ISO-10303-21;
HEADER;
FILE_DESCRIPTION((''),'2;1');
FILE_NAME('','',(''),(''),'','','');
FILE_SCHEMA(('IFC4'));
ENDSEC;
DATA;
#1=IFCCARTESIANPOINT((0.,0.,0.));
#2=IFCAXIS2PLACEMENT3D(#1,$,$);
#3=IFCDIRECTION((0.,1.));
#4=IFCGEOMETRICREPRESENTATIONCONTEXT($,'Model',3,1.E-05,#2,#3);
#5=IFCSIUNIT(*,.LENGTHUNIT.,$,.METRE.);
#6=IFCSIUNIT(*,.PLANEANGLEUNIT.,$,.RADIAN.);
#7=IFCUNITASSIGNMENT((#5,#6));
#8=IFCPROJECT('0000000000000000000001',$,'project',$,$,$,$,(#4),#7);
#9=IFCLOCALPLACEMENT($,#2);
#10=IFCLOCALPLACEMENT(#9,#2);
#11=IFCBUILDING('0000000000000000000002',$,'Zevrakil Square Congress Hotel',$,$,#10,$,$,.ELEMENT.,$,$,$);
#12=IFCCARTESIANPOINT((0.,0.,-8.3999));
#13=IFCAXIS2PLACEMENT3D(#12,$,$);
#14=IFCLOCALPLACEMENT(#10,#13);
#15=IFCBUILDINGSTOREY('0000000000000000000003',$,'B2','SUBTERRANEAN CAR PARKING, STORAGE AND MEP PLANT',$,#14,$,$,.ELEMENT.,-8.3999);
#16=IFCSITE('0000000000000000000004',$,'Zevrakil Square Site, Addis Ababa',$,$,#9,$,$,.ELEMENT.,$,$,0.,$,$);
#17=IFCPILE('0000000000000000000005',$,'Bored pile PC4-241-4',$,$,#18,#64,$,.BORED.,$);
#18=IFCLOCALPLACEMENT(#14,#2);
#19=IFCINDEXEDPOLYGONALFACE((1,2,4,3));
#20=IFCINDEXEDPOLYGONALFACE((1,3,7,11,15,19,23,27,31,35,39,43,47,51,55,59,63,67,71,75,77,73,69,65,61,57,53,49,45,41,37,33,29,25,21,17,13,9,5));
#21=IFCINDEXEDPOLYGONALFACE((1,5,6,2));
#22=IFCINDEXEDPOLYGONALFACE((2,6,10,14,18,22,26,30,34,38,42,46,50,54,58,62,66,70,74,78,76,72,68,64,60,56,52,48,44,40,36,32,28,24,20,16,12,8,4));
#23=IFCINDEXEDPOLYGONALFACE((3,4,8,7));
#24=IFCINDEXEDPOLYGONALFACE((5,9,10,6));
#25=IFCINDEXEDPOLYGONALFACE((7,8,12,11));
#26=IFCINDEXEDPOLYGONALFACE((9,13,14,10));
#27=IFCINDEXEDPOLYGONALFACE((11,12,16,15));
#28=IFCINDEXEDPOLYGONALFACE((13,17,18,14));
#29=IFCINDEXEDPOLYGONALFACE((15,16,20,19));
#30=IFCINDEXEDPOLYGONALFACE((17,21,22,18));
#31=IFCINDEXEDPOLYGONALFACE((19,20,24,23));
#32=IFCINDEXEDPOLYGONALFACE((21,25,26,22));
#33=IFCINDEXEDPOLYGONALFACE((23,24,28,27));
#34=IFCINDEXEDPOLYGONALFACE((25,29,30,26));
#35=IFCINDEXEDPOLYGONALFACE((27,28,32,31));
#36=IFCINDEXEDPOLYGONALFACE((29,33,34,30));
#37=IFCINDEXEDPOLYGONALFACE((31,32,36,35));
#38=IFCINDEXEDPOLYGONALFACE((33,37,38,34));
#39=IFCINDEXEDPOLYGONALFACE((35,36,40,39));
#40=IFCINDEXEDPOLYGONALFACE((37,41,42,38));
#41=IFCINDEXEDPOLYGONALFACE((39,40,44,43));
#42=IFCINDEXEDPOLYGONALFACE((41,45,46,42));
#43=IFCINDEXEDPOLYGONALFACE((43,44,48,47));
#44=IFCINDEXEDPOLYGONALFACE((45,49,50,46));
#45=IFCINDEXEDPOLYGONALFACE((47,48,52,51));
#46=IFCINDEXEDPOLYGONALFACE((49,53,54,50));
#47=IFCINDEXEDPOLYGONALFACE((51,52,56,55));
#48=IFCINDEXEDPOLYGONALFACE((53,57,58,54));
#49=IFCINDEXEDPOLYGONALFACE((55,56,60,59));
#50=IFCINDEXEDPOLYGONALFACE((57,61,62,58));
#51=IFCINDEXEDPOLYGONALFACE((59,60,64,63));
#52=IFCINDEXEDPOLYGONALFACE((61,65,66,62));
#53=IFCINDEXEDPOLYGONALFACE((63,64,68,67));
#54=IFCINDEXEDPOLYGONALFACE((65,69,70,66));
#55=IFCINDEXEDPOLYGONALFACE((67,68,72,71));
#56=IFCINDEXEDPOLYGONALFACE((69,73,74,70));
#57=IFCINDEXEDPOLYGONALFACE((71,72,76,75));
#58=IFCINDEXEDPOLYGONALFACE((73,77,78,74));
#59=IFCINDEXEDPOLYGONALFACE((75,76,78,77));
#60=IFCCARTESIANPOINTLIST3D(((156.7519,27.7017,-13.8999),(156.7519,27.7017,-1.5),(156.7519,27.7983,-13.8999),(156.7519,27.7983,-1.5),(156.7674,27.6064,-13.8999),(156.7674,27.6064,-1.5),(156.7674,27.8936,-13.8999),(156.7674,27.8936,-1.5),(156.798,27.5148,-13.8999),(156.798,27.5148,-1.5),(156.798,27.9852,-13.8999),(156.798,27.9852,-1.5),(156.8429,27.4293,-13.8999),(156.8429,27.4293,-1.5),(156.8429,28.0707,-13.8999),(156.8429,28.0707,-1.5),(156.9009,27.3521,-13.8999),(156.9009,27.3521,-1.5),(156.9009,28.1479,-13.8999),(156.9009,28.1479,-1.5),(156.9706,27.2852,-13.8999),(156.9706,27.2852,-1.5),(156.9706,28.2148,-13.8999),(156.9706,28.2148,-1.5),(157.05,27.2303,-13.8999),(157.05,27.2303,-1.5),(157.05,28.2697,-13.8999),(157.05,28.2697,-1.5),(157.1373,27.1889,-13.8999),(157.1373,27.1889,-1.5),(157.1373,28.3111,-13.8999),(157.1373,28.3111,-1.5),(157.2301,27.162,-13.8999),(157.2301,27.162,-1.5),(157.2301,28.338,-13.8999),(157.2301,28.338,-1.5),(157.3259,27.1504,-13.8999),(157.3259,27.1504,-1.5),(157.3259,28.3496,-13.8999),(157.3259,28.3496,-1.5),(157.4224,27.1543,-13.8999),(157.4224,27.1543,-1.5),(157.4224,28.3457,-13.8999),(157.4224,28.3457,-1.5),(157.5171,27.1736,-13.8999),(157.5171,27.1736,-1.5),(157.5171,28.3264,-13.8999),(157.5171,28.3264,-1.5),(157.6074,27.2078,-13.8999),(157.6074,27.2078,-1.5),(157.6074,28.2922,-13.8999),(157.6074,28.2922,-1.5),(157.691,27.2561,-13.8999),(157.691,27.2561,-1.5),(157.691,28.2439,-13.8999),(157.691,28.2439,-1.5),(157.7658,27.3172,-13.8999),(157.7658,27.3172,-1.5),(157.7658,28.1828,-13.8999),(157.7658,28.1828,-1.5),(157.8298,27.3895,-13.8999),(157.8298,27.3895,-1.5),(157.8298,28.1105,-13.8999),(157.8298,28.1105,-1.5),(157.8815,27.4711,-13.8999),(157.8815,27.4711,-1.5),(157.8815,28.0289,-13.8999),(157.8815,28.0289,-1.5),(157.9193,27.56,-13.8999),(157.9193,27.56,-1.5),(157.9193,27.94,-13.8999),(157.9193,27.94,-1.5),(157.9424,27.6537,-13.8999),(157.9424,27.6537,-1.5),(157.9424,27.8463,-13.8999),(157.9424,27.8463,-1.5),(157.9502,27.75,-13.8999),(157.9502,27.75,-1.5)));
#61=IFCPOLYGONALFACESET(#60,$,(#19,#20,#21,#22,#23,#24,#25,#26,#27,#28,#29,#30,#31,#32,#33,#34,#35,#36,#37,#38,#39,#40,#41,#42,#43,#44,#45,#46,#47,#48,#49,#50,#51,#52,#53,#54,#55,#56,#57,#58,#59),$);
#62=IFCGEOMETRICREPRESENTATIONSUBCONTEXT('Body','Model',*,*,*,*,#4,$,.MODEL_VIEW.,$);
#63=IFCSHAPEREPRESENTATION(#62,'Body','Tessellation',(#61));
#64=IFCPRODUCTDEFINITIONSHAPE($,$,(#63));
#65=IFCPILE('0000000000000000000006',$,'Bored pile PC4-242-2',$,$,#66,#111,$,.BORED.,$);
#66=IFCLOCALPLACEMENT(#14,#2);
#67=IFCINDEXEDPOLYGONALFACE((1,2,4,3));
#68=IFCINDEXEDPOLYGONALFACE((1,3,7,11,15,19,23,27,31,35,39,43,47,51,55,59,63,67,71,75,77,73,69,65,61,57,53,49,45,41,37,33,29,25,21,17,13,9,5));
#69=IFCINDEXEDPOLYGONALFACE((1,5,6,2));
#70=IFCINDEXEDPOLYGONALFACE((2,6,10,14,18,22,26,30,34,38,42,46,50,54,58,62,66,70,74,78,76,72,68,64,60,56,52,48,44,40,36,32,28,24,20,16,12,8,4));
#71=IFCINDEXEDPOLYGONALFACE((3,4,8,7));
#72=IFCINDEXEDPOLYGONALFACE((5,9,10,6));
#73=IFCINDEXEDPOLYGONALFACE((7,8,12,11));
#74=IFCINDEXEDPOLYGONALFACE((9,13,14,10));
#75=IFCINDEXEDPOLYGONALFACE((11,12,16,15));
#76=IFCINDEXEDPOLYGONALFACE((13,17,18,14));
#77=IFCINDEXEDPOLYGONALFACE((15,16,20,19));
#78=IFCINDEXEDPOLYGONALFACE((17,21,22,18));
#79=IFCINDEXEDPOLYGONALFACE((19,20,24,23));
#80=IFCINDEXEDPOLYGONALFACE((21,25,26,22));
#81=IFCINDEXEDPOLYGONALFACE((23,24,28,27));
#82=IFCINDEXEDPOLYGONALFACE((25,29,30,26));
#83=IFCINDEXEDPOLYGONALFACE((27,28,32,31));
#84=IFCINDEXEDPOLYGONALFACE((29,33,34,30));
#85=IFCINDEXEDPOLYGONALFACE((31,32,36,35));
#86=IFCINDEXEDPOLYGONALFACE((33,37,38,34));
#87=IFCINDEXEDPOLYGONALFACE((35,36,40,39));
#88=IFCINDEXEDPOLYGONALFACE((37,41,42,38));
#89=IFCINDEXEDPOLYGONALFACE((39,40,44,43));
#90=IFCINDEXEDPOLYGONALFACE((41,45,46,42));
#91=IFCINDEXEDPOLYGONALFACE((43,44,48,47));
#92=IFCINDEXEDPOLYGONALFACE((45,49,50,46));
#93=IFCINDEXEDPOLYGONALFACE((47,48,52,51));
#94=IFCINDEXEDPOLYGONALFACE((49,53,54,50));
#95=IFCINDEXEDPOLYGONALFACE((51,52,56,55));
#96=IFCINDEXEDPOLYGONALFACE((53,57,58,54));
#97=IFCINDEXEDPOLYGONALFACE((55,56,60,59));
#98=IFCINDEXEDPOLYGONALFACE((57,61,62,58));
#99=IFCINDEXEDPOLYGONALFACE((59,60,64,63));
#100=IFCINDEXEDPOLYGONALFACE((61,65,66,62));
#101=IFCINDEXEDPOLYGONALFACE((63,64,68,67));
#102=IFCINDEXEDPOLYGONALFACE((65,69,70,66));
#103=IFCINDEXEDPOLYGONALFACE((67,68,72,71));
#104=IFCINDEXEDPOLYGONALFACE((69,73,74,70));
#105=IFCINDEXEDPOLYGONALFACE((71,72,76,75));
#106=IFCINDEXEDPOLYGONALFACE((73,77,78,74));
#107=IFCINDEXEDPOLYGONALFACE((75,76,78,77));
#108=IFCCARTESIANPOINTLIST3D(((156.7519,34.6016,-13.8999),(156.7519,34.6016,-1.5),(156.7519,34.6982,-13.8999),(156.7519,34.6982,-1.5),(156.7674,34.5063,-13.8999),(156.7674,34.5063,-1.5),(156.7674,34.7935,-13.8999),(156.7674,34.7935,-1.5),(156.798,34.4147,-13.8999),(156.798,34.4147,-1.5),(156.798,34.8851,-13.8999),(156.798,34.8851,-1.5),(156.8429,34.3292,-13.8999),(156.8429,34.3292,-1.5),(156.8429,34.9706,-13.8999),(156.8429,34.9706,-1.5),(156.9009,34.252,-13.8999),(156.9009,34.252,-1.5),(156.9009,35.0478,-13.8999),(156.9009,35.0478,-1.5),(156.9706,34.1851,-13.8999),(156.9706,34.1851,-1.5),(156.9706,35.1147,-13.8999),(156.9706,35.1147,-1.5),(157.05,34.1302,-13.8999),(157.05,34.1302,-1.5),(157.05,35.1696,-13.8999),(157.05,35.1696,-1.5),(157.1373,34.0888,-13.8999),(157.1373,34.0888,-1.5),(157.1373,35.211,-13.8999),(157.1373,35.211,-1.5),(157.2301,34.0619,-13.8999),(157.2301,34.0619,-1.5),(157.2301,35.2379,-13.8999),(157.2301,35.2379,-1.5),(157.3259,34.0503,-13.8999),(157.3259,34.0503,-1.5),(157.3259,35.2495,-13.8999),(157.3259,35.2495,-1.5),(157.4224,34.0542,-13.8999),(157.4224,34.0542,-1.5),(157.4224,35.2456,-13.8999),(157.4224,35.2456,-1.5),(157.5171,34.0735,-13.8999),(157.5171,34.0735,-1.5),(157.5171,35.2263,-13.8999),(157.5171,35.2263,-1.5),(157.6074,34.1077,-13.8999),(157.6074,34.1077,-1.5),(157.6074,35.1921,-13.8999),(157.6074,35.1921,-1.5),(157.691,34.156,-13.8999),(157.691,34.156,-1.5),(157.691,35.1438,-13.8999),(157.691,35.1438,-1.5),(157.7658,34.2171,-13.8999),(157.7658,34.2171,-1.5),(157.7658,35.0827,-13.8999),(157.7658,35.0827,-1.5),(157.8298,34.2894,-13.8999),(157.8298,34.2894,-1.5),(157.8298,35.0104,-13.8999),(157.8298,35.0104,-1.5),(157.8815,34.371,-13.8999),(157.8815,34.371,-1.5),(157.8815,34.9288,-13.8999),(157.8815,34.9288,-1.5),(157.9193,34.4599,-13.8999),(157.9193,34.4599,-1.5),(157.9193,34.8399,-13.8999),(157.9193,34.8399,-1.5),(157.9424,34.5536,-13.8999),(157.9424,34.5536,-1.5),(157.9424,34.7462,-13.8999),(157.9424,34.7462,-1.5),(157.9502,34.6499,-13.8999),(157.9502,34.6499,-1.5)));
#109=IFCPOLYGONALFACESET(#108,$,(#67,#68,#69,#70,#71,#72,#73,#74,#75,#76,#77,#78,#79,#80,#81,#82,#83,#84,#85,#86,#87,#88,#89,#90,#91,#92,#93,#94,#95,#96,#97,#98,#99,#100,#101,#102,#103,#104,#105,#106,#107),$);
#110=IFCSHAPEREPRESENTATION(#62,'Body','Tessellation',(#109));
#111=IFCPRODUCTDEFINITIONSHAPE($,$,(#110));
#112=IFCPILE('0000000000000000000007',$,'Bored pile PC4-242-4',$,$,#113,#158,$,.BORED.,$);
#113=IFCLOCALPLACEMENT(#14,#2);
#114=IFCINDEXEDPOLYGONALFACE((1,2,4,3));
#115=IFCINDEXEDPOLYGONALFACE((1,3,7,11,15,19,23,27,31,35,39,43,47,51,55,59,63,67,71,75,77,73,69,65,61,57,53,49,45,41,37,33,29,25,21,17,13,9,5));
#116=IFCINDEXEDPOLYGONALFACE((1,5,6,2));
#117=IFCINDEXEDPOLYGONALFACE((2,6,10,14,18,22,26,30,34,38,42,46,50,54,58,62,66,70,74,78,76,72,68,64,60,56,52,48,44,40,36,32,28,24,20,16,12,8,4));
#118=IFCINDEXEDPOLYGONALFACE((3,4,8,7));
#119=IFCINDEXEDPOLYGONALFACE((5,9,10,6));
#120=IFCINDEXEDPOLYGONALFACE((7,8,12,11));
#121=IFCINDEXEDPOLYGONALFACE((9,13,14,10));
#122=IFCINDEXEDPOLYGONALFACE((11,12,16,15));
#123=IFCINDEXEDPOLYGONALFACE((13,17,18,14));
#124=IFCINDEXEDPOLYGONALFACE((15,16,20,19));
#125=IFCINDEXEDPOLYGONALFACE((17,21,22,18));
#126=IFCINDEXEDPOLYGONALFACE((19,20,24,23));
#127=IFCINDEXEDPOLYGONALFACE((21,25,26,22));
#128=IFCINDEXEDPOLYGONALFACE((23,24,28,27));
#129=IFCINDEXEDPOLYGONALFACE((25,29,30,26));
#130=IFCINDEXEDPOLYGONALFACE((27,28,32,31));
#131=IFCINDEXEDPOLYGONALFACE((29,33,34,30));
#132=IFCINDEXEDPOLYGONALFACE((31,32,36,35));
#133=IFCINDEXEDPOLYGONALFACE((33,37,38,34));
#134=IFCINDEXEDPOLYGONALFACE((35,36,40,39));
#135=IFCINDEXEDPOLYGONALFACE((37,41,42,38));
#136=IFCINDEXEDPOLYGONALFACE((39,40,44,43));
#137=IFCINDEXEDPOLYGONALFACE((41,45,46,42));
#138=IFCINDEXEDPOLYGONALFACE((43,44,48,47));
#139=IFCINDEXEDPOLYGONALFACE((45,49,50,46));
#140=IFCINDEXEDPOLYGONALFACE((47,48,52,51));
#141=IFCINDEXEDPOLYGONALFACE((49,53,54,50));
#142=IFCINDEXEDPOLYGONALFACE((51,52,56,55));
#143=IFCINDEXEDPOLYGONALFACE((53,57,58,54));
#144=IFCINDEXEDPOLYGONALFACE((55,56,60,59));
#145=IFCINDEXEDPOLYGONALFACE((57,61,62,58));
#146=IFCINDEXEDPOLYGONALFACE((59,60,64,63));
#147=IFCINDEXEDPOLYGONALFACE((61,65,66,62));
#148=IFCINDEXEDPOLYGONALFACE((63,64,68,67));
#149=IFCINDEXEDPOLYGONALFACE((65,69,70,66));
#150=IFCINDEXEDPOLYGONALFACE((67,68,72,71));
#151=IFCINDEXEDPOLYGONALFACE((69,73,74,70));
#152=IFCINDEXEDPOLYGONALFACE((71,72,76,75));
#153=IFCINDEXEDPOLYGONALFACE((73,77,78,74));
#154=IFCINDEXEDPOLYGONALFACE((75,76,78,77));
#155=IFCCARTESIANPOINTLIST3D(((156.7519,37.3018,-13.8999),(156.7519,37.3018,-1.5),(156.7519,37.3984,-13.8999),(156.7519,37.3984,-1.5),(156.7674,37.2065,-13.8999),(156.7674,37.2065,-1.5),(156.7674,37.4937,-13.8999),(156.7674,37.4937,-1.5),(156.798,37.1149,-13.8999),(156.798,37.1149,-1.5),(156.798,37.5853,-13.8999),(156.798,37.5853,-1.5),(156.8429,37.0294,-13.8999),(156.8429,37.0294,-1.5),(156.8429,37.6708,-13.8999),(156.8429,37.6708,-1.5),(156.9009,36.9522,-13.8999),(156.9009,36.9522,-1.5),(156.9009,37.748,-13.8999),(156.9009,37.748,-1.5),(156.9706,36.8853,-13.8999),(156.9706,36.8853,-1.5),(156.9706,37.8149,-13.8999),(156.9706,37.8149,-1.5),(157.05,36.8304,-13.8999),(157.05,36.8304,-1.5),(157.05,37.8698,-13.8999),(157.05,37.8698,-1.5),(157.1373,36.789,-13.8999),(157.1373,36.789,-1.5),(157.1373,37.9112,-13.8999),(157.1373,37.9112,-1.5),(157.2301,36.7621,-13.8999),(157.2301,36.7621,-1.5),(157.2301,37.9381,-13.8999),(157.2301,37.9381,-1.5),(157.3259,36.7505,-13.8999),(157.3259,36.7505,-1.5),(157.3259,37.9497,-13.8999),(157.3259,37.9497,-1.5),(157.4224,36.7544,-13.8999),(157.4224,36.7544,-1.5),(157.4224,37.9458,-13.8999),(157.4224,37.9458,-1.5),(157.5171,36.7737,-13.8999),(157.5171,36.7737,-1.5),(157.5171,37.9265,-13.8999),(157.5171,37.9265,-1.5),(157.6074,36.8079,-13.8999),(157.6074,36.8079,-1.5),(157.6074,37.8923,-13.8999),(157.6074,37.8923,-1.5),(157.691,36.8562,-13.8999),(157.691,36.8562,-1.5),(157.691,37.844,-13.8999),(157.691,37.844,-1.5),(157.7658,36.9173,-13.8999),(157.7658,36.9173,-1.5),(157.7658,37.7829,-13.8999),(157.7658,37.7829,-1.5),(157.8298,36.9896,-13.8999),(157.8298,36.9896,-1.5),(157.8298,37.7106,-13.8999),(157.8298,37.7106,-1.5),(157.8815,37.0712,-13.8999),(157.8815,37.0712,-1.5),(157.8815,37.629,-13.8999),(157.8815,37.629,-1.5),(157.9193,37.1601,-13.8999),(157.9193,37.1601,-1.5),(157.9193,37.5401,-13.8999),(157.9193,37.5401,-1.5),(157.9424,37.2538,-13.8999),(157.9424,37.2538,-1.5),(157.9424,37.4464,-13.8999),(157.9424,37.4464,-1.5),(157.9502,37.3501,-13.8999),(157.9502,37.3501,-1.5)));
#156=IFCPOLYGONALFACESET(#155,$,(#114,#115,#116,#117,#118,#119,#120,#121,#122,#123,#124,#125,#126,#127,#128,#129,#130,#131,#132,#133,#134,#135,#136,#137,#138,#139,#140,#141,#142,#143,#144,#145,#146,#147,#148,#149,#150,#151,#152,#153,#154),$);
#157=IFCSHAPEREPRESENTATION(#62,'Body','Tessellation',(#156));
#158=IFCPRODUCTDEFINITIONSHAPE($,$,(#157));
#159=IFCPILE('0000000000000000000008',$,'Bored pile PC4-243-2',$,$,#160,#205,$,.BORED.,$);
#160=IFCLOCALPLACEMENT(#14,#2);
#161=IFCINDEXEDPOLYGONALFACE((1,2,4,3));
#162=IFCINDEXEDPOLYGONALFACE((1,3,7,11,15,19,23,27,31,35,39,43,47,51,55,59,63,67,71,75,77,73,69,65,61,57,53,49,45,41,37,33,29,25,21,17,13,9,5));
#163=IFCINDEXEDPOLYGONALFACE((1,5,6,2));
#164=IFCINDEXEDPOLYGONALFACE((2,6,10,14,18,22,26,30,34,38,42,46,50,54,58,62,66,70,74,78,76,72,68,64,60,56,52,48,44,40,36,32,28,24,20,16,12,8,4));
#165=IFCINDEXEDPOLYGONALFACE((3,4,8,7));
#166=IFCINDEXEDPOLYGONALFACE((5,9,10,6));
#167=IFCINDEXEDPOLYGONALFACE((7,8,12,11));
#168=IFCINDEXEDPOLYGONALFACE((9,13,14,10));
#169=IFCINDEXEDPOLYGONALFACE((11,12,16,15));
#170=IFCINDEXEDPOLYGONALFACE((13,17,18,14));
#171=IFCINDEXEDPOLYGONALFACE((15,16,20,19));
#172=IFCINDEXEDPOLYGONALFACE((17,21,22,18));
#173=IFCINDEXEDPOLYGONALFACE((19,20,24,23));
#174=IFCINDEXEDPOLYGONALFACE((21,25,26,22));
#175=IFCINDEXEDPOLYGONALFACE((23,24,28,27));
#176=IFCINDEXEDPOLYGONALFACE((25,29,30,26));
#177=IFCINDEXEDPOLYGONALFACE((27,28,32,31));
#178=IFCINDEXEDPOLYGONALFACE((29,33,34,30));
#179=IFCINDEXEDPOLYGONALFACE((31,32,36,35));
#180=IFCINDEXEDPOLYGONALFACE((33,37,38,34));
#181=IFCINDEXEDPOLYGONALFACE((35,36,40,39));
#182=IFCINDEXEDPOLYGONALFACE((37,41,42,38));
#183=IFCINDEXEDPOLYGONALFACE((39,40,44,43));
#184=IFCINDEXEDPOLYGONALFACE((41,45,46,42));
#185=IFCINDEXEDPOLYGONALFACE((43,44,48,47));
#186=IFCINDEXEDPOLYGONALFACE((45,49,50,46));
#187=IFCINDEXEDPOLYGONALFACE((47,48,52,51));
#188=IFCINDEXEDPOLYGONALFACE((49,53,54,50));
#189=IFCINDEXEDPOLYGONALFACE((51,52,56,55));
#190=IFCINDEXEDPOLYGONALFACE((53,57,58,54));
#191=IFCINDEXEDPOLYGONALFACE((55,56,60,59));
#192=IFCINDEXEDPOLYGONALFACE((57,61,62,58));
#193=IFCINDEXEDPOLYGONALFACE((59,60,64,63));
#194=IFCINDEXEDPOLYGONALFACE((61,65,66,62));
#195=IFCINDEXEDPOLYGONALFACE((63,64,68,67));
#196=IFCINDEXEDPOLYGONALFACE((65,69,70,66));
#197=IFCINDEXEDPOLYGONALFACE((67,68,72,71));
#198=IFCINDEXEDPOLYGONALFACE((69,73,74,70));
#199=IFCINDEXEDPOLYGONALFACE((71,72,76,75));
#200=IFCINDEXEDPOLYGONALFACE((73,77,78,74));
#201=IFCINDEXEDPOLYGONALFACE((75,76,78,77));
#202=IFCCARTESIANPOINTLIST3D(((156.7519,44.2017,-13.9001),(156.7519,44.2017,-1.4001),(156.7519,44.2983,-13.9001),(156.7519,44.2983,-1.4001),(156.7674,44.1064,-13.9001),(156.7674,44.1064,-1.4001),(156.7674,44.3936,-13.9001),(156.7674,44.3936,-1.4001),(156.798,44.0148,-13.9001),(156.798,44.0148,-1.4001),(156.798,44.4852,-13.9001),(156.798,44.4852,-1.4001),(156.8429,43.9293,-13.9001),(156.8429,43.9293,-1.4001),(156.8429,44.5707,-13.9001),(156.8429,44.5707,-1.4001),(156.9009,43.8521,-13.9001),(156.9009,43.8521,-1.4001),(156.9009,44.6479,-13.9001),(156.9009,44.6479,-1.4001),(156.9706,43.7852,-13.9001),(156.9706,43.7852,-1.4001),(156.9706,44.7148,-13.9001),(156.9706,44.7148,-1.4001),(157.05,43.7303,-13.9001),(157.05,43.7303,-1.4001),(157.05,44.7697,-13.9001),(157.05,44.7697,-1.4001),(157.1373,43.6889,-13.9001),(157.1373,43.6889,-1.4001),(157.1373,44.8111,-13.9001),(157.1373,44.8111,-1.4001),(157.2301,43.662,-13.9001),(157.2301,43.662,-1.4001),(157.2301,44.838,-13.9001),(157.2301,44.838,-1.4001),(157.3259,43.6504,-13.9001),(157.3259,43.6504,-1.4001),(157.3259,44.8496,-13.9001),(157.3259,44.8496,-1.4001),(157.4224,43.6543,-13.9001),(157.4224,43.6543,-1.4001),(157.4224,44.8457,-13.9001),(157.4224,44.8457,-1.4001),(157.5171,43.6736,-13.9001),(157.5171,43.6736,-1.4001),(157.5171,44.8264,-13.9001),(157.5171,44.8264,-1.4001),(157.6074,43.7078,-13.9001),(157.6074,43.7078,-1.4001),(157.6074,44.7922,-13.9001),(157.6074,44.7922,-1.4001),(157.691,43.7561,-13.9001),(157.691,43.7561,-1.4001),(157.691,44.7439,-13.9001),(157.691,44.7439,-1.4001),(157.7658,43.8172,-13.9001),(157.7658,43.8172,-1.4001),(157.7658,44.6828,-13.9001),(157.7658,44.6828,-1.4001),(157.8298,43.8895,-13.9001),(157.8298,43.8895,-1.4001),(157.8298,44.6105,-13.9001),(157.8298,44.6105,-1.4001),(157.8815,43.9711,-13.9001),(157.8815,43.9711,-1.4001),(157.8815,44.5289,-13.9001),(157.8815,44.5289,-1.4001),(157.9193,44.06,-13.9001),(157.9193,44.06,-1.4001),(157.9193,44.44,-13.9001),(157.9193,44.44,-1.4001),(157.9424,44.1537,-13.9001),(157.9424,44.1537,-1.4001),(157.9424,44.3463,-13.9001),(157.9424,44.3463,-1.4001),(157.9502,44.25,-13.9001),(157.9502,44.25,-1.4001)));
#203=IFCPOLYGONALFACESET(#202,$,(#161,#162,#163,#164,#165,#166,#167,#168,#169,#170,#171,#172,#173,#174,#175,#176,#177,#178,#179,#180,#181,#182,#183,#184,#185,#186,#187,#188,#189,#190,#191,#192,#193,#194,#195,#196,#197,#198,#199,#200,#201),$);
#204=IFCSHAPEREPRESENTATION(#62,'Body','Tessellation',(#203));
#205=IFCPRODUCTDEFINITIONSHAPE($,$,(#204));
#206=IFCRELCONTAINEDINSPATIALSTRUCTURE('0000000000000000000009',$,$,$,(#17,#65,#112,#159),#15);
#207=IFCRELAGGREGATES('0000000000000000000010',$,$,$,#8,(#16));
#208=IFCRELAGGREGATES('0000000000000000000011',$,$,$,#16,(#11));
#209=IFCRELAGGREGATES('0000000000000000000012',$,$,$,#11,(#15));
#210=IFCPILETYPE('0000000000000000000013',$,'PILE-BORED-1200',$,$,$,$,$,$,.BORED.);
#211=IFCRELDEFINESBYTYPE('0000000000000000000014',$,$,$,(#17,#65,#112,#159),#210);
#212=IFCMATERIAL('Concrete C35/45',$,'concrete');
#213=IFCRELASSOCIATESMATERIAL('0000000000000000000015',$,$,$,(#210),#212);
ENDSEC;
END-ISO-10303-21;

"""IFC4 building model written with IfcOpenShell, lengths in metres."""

from ifc_helpers import new_model, si_unit, direction, frame, origin, origin_2d, place, context, subcontext, project, spatial, circle, extrude, material, material_profile, profile_set, type_object, element, save


model = new_model("IFC4")

# Units and contexts
model_context = context("Model", 3, precision=1e-05, world=origin(), true_north=direction((0.0, 1.0)))
body_context = subcontext(model_context, "Body", "Model", "MODEL_VIEW")
ifc_project = project(units=[si_unit("LENGTHUNIT", "METRE"), si_unit("PLANEANGLEUNIT", "RADIAN")], contexts=[model_context])

# Site, building, storey
site_placement = place(None, origin())
site = spatial("IfcSite", under=ifc_project, at=site_placement, Name="Zevrakil Square Site, Addis Ababa", CompositionType="ELEMENT", RefElevation=0.0)
building_placement = place(site_placement, origin())
building = spatial("IfcBuilding", under=site, at=building_placement, Name="Zevrakil Square Congress Hotel", CompositionType="ELEMENT")
storey_placement = place(building_placement, frame((0.0, 0.0, -8.3999)))
storey = spatial("IfcBuildingStorey", under=building, at=storey_placement, Name="B2", Description="SUBTERRANEAN CAR PARKING, STORAGE AND MEP PLANT", CompositionType="ELEMENT", Elevation=-8.3999)

# Piles
ifc_material_1 = material(Name="Concrete C35/45", Category="concrete")
ifc_material_profile_1 = material_profile(ifc_material_1, circle(Radius=0.6001, at=origin_2d()), Name="PILE D1200")
ifc_profile_set_1 = profile_set([ifc_material_profile_1], Name="Concrete C35/45")
pile_type_1 = type_object("IfcPileType", Name="PILE-BORED-1200", PredefinedType="BORED", material=ifc_profile_set_1)
for number, where, z_axis, x_axis, name in (
    (1, (157.3501, 27.75, -1.5), (0.0, 0.0, -1.0), (1.0, 0.0, 0.0), "Bored pile PC4-241-4"),
    (2, (157.3501, 34.6499, -1.5), (0.0, 0.0, -1.0), (1.0, 0.0, 0.0), "Bored pile PC4-242-2"),
    (3, (157.3501, 37.3501, -1.5), (0.0, 0.0, -1.0), (1.0, 0.0, 0.0), "Bored pile PC4-242-4"),
):
    element("IfcPile", number, at=place(storey_placement, frame(where, z_axis=z_axis, x_axis=x_axis)), inside=storey, type_object=pile_type_1, Name=name, PredefinedType="BORED", context=body_context, shape_type="SweptSolid", body=[
        extrude(circle(Radius=0.6001, at=origin_2d()), origin(), (0.0, 0.0, 1.0), 12.3999),
    ])
pile_1_placement = place(storey_placement, frame((157.3501, 44.25, -1.4001), z_axis=(0.0, 0.0, -1.0), x_axis=(1.0, 0.0, 0.0)))
element("IfcPile", 4, at=pile_1_placement, inside=storey, type_object=pile_type_1, Name="Bored pile PC4-243-2", PredefinedType="BORED", context=body_context, shape_type="SweptSolid", body=[
    extrude(circle(Radius=0.6001, at=origin_2d()), origin(), (0.0, 0.0, 1.0), 12.5),
])

save(model, "model.ifc")
